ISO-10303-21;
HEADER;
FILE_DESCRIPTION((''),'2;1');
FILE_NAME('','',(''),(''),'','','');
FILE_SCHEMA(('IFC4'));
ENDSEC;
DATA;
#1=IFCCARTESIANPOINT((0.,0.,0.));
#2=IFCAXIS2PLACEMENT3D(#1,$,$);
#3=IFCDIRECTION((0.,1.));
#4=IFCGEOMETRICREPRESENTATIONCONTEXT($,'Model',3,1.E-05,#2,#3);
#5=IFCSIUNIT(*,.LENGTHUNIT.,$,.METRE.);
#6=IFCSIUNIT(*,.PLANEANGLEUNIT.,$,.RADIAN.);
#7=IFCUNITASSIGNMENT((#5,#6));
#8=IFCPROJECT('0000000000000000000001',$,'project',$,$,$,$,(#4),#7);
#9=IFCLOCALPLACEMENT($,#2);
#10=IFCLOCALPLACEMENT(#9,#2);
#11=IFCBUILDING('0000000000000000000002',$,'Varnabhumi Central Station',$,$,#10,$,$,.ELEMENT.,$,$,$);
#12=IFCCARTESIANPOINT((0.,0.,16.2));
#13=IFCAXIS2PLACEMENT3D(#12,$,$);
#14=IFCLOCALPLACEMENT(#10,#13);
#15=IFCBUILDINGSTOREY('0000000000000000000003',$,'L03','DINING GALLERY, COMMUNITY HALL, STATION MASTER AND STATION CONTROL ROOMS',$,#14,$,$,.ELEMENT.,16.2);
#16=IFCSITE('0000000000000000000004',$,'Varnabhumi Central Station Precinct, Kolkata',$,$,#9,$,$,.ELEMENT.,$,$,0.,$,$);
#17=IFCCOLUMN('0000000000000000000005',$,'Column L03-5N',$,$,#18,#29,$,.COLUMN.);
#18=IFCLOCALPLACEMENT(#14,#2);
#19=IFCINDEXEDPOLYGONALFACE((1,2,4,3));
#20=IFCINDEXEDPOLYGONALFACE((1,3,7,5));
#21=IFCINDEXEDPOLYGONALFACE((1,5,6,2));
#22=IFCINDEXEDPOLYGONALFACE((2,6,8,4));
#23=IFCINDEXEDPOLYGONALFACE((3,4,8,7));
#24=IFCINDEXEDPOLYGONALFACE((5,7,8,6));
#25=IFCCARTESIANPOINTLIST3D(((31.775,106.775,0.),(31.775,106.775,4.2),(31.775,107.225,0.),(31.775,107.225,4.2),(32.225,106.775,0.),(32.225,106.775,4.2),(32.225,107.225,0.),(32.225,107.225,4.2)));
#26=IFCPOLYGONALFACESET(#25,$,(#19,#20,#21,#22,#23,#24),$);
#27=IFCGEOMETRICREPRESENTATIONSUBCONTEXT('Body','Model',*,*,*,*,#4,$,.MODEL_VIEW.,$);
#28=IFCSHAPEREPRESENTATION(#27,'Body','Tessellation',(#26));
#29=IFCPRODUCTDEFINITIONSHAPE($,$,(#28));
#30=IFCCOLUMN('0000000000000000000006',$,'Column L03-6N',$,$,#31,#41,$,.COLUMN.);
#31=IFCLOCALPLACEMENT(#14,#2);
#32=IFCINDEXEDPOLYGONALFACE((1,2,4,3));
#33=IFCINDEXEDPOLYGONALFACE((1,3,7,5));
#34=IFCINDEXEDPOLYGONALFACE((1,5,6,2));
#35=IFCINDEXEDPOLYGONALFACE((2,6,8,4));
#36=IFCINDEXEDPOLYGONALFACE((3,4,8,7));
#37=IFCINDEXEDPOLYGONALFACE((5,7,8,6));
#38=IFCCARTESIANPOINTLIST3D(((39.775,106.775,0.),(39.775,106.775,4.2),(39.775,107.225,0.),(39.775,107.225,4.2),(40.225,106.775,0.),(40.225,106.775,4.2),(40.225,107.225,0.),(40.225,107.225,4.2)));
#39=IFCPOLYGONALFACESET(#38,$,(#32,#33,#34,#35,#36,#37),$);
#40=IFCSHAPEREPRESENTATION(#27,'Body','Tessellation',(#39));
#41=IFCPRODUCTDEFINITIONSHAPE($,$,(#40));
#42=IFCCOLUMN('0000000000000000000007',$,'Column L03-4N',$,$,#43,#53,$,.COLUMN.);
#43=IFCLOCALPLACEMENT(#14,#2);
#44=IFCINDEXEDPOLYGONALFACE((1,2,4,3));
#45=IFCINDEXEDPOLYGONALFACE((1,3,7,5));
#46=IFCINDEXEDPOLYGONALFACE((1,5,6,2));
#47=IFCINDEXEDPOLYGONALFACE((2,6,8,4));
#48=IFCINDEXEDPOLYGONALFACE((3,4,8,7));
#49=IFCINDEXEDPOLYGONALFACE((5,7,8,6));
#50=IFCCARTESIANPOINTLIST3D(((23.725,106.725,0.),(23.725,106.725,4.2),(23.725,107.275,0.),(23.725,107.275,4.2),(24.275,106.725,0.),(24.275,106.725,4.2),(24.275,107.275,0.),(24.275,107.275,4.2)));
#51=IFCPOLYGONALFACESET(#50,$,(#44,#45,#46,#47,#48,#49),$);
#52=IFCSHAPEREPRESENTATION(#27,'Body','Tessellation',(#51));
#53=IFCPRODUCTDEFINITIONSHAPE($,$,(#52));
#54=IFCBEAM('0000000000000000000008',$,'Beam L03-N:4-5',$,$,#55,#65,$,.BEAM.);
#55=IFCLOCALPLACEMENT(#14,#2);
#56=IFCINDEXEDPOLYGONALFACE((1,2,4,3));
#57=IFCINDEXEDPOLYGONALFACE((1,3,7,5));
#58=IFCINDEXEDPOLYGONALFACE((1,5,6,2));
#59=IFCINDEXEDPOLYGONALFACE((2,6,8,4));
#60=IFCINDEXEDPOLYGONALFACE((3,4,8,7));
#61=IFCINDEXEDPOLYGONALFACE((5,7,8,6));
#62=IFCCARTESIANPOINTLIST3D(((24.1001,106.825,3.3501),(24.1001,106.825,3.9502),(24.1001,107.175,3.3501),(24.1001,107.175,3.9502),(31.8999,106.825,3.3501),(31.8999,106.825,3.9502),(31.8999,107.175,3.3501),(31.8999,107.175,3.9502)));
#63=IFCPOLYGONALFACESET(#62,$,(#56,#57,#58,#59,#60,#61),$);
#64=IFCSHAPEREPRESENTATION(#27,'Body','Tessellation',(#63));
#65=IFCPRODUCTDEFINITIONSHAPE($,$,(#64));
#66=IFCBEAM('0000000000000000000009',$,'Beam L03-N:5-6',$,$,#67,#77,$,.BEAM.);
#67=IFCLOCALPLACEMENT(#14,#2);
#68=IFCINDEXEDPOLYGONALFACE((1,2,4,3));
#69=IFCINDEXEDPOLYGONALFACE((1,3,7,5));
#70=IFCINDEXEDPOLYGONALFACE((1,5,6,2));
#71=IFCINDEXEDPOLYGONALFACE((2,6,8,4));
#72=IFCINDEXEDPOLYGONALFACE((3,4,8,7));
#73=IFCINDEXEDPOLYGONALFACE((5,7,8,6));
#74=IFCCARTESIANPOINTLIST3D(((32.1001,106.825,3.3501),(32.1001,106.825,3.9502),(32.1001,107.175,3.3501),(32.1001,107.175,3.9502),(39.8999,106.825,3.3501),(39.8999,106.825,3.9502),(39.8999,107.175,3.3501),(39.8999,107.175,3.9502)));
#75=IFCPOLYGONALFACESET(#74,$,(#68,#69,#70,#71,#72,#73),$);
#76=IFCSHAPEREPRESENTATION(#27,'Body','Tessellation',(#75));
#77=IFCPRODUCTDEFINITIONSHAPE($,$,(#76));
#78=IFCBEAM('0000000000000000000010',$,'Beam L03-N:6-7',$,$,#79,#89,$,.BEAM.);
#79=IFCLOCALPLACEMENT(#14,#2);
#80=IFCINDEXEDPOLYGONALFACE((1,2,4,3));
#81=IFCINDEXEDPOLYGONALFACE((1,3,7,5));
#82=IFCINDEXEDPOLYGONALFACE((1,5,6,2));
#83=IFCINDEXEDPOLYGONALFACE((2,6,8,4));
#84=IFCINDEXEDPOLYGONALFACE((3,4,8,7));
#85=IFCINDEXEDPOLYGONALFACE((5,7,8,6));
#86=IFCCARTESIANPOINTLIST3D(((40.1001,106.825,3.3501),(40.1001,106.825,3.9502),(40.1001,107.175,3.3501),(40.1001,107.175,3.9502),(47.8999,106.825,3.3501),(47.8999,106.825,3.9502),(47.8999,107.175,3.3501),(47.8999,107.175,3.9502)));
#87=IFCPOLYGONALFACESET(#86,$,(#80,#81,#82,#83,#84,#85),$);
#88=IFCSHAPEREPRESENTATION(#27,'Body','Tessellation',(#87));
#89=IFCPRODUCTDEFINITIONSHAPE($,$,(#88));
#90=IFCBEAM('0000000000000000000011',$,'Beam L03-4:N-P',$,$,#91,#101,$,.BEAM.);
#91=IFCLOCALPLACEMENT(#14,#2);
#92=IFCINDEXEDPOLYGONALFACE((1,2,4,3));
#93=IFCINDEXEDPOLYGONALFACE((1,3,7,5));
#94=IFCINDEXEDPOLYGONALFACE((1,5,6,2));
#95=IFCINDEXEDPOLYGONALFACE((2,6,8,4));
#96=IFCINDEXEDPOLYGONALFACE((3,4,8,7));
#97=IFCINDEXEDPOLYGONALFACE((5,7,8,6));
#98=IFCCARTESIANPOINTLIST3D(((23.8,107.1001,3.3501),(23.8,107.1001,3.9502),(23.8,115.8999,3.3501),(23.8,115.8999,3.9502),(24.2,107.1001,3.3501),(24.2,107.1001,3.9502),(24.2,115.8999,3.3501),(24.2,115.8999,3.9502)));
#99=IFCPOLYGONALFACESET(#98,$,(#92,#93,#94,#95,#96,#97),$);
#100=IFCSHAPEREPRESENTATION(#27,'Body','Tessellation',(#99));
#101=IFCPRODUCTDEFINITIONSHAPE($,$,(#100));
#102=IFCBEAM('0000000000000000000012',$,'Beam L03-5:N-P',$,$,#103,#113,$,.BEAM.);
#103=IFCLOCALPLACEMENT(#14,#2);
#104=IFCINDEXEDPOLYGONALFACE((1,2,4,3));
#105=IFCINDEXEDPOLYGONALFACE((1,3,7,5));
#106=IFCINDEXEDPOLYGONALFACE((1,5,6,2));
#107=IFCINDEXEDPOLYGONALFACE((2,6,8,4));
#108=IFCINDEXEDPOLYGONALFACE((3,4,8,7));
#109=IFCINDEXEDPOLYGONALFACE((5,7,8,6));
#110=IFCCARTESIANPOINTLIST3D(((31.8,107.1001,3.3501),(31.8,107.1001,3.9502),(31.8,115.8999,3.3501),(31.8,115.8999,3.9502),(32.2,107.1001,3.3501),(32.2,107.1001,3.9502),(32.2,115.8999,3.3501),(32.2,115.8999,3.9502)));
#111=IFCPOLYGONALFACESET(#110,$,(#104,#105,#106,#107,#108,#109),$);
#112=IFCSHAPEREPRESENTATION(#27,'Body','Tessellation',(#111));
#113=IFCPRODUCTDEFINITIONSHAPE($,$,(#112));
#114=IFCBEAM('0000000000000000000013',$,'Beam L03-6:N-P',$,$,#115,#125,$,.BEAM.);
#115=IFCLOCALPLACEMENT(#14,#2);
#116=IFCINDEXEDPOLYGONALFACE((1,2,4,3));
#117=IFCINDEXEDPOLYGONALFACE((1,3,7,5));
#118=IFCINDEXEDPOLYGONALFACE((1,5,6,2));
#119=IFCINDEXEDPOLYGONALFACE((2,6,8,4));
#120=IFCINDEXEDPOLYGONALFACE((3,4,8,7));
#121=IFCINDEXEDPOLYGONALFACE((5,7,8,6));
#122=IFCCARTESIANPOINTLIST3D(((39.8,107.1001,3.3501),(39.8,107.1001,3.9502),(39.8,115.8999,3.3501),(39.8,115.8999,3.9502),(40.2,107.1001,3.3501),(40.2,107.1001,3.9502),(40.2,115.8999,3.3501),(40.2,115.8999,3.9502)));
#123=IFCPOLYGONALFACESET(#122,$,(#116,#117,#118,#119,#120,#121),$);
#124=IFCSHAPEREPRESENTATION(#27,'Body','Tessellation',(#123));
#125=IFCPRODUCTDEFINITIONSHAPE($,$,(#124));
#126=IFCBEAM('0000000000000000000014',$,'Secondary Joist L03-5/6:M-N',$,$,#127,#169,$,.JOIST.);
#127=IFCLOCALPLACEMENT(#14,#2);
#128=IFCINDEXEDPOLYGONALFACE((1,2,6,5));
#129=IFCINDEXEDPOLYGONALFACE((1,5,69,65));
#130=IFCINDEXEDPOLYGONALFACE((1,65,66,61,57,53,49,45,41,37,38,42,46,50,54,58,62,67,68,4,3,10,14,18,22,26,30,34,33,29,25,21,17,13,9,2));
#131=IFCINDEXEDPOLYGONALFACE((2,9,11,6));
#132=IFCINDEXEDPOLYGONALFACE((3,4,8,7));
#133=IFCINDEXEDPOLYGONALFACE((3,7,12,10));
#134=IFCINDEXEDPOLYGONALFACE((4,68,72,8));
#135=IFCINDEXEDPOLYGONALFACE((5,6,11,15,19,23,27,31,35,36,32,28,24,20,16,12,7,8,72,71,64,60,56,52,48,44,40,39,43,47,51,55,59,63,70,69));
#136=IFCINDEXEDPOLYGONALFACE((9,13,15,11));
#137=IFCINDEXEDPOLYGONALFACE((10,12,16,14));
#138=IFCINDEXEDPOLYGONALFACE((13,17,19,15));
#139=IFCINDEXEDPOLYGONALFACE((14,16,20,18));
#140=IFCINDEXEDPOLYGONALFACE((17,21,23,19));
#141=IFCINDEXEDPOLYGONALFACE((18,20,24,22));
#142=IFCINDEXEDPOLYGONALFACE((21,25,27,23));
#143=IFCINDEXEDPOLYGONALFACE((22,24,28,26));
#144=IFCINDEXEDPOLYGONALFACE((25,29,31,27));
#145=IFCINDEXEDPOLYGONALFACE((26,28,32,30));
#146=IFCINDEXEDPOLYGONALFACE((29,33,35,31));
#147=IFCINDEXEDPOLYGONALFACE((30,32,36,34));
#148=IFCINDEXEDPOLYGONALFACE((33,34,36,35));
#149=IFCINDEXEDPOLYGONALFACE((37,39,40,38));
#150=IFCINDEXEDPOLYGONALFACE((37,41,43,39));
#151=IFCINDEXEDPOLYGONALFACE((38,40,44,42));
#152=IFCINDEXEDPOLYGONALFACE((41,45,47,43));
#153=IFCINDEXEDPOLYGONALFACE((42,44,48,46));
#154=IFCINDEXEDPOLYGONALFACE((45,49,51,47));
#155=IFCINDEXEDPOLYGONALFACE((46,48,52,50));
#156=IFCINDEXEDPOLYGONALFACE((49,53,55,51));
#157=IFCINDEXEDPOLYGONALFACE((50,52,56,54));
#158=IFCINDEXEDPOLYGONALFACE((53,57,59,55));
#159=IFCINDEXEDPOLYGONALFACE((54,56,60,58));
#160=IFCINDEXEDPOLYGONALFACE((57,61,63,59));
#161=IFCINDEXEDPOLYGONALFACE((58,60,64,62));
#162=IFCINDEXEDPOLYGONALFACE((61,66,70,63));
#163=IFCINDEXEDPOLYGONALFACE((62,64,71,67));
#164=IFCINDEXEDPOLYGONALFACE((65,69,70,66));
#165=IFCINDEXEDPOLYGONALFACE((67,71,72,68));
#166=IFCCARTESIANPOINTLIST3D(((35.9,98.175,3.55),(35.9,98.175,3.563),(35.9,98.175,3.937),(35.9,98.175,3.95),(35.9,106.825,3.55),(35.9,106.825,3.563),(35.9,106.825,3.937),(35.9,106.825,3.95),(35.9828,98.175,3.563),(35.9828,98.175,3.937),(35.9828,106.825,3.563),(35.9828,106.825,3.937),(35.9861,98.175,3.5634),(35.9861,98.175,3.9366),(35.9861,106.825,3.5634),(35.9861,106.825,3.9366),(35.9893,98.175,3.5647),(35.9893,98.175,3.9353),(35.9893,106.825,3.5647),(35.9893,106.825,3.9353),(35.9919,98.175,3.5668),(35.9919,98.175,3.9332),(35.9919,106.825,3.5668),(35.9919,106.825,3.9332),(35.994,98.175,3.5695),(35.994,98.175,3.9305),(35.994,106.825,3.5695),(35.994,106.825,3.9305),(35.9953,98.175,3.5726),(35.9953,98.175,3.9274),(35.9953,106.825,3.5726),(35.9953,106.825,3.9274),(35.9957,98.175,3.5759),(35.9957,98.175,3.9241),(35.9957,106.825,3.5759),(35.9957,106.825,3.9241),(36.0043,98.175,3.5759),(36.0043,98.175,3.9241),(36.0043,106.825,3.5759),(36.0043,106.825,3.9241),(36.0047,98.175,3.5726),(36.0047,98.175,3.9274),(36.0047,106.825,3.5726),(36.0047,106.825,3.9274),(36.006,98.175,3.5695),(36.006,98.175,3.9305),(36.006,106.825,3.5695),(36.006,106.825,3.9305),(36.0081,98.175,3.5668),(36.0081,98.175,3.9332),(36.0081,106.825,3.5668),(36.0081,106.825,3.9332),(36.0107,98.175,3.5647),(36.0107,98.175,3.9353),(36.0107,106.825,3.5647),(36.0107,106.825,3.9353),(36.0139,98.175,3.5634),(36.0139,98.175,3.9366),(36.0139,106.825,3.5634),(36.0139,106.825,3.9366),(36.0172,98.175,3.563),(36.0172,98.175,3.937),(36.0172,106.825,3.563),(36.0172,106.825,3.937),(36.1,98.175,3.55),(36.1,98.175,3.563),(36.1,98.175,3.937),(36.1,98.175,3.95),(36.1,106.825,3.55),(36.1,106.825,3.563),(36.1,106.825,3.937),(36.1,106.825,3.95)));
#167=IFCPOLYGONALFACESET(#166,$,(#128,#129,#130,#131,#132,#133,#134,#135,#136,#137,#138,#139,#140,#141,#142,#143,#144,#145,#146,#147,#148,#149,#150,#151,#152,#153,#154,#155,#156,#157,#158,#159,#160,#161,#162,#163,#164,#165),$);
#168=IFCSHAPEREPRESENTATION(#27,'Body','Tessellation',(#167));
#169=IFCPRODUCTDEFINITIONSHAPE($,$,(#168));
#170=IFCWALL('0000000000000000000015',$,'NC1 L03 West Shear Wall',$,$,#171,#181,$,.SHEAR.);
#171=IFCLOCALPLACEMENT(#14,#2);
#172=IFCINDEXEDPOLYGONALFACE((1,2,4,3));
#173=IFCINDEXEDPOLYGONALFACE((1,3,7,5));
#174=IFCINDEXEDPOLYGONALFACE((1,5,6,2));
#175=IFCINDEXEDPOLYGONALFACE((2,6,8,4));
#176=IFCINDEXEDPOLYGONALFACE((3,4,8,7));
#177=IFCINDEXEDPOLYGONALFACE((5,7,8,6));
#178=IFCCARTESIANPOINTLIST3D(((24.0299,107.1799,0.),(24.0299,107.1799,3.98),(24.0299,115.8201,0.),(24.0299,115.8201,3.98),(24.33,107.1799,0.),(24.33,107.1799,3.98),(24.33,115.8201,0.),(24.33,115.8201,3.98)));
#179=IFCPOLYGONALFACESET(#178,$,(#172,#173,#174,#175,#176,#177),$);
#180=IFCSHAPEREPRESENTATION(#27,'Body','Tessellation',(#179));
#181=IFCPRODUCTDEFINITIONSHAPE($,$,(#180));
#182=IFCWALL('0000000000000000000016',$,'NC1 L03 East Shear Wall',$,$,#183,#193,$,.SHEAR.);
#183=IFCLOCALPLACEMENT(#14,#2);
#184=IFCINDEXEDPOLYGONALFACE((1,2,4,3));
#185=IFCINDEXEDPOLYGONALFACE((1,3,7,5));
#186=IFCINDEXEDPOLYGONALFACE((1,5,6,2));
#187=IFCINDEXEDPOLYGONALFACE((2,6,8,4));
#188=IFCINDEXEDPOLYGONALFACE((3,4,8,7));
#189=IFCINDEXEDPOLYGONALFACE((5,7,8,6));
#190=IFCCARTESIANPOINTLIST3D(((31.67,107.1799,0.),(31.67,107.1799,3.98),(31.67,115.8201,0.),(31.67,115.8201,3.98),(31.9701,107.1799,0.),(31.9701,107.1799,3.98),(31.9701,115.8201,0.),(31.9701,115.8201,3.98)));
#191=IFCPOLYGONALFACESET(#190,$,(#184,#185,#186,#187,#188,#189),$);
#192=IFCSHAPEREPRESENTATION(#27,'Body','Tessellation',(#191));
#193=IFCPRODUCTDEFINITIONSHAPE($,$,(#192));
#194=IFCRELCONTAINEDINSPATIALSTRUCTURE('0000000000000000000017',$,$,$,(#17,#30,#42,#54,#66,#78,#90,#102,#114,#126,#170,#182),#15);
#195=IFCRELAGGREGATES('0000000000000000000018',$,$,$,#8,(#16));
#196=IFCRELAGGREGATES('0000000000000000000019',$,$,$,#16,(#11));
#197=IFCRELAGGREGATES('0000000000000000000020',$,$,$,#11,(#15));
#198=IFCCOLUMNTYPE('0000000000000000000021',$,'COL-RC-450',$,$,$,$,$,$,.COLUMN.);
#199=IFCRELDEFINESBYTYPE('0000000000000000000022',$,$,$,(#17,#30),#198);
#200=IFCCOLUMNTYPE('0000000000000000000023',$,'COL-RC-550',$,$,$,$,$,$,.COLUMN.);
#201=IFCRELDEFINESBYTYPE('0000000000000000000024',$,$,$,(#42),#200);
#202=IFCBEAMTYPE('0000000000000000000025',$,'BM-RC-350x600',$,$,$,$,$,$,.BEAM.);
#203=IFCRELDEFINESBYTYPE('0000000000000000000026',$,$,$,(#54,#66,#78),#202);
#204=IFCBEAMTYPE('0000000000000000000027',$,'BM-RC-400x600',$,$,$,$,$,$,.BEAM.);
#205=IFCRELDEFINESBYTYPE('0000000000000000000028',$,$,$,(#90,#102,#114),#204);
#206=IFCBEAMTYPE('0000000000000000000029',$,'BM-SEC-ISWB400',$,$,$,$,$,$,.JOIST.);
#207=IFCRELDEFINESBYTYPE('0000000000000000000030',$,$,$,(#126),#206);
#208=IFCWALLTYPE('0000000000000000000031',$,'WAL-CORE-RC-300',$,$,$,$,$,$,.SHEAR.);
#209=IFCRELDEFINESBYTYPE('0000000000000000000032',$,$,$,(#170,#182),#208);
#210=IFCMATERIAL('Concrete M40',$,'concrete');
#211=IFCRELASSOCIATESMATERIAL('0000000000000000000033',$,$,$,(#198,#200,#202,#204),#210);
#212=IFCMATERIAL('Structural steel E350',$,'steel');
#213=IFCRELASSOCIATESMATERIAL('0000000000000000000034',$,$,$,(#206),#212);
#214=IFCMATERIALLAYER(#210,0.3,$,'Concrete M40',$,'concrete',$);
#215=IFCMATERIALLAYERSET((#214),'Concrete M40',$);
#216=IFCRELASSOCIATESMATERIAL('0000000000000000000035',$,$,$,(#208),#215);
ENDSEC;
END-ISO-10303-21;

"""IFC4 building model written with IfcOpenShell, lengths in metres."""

from ifc_helpers import new_model, si_unit, direction, frame, frame_2d, origin, origin_2d, place, context, subcontext, project, spatial, rectangle, i_section, extrude, material, layer, layer_set, material_profile, profile_set, type_object, element, save


model = new_model("IFC4")

# Units and contexts
model_context = context("Model", 3, precision=1e-05, world=origin(), true_north=direction((0.0, 1.0)))
body_context = subcontext(model_context, "Body", "Model", "MODEL_VIEW")
ifc_project = project(units=[si_unit("LENGTHUNIT", "METRE"), si_unit("PLANEANGLEUNIT", "RADIAN")], contexts=[model_context])

# Site, building, storey
site_placement = place(None, origin())
site = spatial("IfcSite", under=ifc_project, at=site_placement, Name="Varnabhumi Central Station Precinct, Kolkata", CompositionType="ELEMENT", RefElevation=0.0)
building_placement = place(site_placement, origin())
building = spatial("IfcBuilding", under=site, at=building_placement, Name="Varnabhumi Central Station", CompositionType="ELEMENT")
storey_placement = place(building_placement, frame((0.0, 0.0, 16.2)))
storey = spatial("IfcBuildingStorey", under=building, at=storey_placement, Name="L03", Description="DINING GALLERY, COMMUNITY HALL, STATION MASTER AND STATION CONTROL ROOMS", CompositionType="ELEMENT", Elevation=16.2)

# Columns
ifc_material_1 = material(Name="Concrete M40", Category="concrete")
ifc_material_profile_1 = material_profile(ifc_material_1, rectangle(XDim=0.45, YDim=0.45, at=origin_2d()), Name="Concrete M40", Category="concrete")
ifc_profile_set_1 = profile_set([ifc_material_profile_1], Name="Concrete M40")
column_type_1 = type_object("IfcColumnType", Name="COL-RC-450", PredefinedType="COLUMN", material=ifc_profile_set_1)
for number, where, z_axis, x_axis, name in (
    (1, (32.0, 107.0, 0.0), (0.0, 0.0, 1.0), (1.0, 0.0, 0.0), "Column L03-5N"),
    (2, (40.0, 107.0, 0.0), (0.0, 0.0, 1.0), (1.0, 0.0, 0.0), "Column L03-6N"),
):
    element("IfcColumn", number, at=place(storey_placement, frame(where, z_axis=z_axis, x_axis=x_axis)), inside=storey, type_object=column_type_1, Name=name, PredefinedType="COLUMN", context=body_context, shape_type="SweptSolid", body=[
        extrude(rectangle(XDim=0.45, YDim=0.45, at=origin_2d()), origin(), (0.0, 0.0, 1.0), 4.2),
    ])
ifc_material_profile_2 = material_profile(ifc_material_1, rectangle(XDim=0.55, YDim=0.55, at=origin_2d()), Name="Concrete M40", Category="concrete")
ifc_profile_set_2 = profile_set([ifc_material_profile_2], Name="Concrete M40")
column_type_2 = type_object("IfcColumnType", Name="COL-RC-550", PredefinedType="COLUMN", material=ifc_profile_set_2)
column_placement = place(storey_placement, frame((24.0, 107.0, 0.0), z_axis=(0.0, 0.0, 1.0), x_axis=(1.0, 0.0, 0.0)))
element("IfcColumn", 3, at=column_placement, inside=storey, type_object=column_type_2, Name="Column L03-4N", PredefinedType="COLUMN", context=body_context, shape_type="SweptSolid", body=[
    extrude(rectangle(XDim=0.55, YDim=0.55, at=origin_2d()), origin(), (0.0, 0.0, 1.0), 4.2),
])

# Beams
ifc_material_profile_3 = material_profile(ifc_material_1, rectangle(XDim=0.3501, YDim=0.6001, at=origin_2d()), Name="Concrete M40", Category="concrete")
ifc_profile_set_3 = profile_set([ifc_material_profile_3], Name="Concrete M40")
beam_type_1 = type_object("IfcBeamType", Name="BM-RC-350x600", PredefinedType="BEAM", material=ifc_profile_set_3)
for number, where, z_axis, x_axis, name in (
    (4, (24.1001, 107.0, 3.6501), (1.0, 0.0, 0.0), (0.0, 1.0, 0.0), "Beam L03-N:4-5"),
    (5, (32.1001, 107.0, 3.6501), (1.0, 0.0, 0.0), (0.0, 1.0, 0.0), "Beam L03-N:5-6"),
    (6, (40.1001, 107.0, 3.6501), (1.0, 0.0, 0.0), (0.0, 1.0, 0.0), "Beam L03-N:6-7"),
):
    element("IfcBeam", number, at=place(storey_placement, frame(where, z_axis=z_axis, x_axis=x_axis)), inside=storey, type_object=beam_type_1, Name=name, PredefinedType="BEAM", context=body_context, shape_type="SweptSolid", body=[
        extrude(rectangle(XDim=0.3501, YDim=0.6001, at=origin_2d()), origin(), (0.0, 0.0, 1.0), 7.7998),
    ])
ifc_material_profile_4 = material_profile(ifc_material_1, rectangle(XDim=0.3999, YDim=0.6001, at=origin_2d()), Name="Concrete M40", Category="concrete")
ifc_profile_set_4 = profile_set([ifc_material_profile_4], Name="Concrete M40")
beam_type_2 = type_object("IfcBeamType", Name="BM-RC-400x600", PredefinedType="BEAM", material=ifc_profile_set_4)
for number, where, z_axis, x_axis, name in (
    (7, (24.0, 107.1001, 3.6501), (0.0, 1.0, 0.0), (-1.0, 0.0, 0.0), "Beam L03-4:N-P"),
    (8, (32.0, 107.1001, 3.6501), (0.0, 1.0, 0.0), (-1.0, 0.0, 0.0), "Beam L03-5:N-P"),
    (9, (40.0, 107.1001, 3.6501), (0.0, 1.0, 0.0), (-1.0, 0.0, 0.0), "Beam L03-6:N-P"),
):
    element("IfcBeam", number, at=place(storey_placement, frame(where, z_axis=z_axis, x_axis=x_axis)), inside=storey, type_object=beam_type_2, Name=name, PredefinedType="BEAM", context=body_context, shape_type="SweptSolid", body=[
        extrude(rectangle(XDim=0.3999, YDim=0.6001, at=origin_2d()), origin(), (0.0, 0.0, 1.0), 8.7998),
    ])
ifc_material_2 = material(Name="Structural steel E350", Category="steel")
ifc_material_profile_5 = material_profile(ifc_material_2, i_section(OverallWidth=0.2, OverallDepth=0.3999, WebThickness=0.0085, FlangeThickness=0.0129, FilletRadius=0.0129, at=origin_2d()), Name="Structural steel E350", Category="steel")
ifc_profile_set_5 = profile_set([ifc_material_profile_5], Name="Structural steel E350")
beam_type_3 = type_object("IfcBeamType", Name="BM-SEC-ISWB400", PredefinedType="JOIST", material=ifc_profile_set_5)
beam_placement = place(storey_placement, frame((36.0, 98.175, 3.75), z_axis=(0.0, 1.0, 0.0), x_axis=(-1.0, 0.0, 0.0)))
element("IfcBeam", 10, at=beam_placement, inside=storey, type_object=beam_type_3, Name="Secondary Joist L03-5/6:M-N", PredefinedType="JOIST", context=body_context, shape_type="SweptSolid", body=[
    extrude(i_section(OverallWidth=0.2, OverallDepth=0.3999, WebThickness=0.0085, FlangeThickness=0.0129, FilletRadius=0.0129, at=origin_2d()), origin(), (0.0, 0.0, 1.0), 8.6499),
])

# Walls
ifc_layer_1 = layer(ifc_material_1, 0.3, Name="Concrete M40", Category="concrete")
ifc_layer_set_1 = layer_set([ifc_layer_1], Name="Concrete M40")
wall_type_1 = type_object("IfcWallType", Name="WAL-CORE-RC-300", PredefinedType="SHEAR", material=ifc_layer_set_1)
for number, where, z_axis, x_axis, name in (
    (11, (24.1799, 107.1799, 0.0), (0.0, 0.0, 1.0), (0.0, 1.0, 0.0), "NC1 L03 West Shear Wall"),
    (12, (31.8201, 107.1799, 0.0), (0.0, 0.0, 1.0), (0.0, 1.0, 0.0), "NC1 L03 East Shear Wall"),
):
    element("IfcWall", number, at=place(storey_placement, frame(where, z_axis=z_axis, x_axis=x_axis)), inside=storey, type_object=wall_type_1, Name=name, PredefinedType="SHEAR", context=body_context, shape_type="SweptSolid", body=[
        extrude(rectangle(XDim=8.6401, YDim=0.3, at=frame_2d((4.3201, 0.0))), origin(), (0.0, 0.0, 1.0), 3.98),
    ])

save(model, "model.ifc")
